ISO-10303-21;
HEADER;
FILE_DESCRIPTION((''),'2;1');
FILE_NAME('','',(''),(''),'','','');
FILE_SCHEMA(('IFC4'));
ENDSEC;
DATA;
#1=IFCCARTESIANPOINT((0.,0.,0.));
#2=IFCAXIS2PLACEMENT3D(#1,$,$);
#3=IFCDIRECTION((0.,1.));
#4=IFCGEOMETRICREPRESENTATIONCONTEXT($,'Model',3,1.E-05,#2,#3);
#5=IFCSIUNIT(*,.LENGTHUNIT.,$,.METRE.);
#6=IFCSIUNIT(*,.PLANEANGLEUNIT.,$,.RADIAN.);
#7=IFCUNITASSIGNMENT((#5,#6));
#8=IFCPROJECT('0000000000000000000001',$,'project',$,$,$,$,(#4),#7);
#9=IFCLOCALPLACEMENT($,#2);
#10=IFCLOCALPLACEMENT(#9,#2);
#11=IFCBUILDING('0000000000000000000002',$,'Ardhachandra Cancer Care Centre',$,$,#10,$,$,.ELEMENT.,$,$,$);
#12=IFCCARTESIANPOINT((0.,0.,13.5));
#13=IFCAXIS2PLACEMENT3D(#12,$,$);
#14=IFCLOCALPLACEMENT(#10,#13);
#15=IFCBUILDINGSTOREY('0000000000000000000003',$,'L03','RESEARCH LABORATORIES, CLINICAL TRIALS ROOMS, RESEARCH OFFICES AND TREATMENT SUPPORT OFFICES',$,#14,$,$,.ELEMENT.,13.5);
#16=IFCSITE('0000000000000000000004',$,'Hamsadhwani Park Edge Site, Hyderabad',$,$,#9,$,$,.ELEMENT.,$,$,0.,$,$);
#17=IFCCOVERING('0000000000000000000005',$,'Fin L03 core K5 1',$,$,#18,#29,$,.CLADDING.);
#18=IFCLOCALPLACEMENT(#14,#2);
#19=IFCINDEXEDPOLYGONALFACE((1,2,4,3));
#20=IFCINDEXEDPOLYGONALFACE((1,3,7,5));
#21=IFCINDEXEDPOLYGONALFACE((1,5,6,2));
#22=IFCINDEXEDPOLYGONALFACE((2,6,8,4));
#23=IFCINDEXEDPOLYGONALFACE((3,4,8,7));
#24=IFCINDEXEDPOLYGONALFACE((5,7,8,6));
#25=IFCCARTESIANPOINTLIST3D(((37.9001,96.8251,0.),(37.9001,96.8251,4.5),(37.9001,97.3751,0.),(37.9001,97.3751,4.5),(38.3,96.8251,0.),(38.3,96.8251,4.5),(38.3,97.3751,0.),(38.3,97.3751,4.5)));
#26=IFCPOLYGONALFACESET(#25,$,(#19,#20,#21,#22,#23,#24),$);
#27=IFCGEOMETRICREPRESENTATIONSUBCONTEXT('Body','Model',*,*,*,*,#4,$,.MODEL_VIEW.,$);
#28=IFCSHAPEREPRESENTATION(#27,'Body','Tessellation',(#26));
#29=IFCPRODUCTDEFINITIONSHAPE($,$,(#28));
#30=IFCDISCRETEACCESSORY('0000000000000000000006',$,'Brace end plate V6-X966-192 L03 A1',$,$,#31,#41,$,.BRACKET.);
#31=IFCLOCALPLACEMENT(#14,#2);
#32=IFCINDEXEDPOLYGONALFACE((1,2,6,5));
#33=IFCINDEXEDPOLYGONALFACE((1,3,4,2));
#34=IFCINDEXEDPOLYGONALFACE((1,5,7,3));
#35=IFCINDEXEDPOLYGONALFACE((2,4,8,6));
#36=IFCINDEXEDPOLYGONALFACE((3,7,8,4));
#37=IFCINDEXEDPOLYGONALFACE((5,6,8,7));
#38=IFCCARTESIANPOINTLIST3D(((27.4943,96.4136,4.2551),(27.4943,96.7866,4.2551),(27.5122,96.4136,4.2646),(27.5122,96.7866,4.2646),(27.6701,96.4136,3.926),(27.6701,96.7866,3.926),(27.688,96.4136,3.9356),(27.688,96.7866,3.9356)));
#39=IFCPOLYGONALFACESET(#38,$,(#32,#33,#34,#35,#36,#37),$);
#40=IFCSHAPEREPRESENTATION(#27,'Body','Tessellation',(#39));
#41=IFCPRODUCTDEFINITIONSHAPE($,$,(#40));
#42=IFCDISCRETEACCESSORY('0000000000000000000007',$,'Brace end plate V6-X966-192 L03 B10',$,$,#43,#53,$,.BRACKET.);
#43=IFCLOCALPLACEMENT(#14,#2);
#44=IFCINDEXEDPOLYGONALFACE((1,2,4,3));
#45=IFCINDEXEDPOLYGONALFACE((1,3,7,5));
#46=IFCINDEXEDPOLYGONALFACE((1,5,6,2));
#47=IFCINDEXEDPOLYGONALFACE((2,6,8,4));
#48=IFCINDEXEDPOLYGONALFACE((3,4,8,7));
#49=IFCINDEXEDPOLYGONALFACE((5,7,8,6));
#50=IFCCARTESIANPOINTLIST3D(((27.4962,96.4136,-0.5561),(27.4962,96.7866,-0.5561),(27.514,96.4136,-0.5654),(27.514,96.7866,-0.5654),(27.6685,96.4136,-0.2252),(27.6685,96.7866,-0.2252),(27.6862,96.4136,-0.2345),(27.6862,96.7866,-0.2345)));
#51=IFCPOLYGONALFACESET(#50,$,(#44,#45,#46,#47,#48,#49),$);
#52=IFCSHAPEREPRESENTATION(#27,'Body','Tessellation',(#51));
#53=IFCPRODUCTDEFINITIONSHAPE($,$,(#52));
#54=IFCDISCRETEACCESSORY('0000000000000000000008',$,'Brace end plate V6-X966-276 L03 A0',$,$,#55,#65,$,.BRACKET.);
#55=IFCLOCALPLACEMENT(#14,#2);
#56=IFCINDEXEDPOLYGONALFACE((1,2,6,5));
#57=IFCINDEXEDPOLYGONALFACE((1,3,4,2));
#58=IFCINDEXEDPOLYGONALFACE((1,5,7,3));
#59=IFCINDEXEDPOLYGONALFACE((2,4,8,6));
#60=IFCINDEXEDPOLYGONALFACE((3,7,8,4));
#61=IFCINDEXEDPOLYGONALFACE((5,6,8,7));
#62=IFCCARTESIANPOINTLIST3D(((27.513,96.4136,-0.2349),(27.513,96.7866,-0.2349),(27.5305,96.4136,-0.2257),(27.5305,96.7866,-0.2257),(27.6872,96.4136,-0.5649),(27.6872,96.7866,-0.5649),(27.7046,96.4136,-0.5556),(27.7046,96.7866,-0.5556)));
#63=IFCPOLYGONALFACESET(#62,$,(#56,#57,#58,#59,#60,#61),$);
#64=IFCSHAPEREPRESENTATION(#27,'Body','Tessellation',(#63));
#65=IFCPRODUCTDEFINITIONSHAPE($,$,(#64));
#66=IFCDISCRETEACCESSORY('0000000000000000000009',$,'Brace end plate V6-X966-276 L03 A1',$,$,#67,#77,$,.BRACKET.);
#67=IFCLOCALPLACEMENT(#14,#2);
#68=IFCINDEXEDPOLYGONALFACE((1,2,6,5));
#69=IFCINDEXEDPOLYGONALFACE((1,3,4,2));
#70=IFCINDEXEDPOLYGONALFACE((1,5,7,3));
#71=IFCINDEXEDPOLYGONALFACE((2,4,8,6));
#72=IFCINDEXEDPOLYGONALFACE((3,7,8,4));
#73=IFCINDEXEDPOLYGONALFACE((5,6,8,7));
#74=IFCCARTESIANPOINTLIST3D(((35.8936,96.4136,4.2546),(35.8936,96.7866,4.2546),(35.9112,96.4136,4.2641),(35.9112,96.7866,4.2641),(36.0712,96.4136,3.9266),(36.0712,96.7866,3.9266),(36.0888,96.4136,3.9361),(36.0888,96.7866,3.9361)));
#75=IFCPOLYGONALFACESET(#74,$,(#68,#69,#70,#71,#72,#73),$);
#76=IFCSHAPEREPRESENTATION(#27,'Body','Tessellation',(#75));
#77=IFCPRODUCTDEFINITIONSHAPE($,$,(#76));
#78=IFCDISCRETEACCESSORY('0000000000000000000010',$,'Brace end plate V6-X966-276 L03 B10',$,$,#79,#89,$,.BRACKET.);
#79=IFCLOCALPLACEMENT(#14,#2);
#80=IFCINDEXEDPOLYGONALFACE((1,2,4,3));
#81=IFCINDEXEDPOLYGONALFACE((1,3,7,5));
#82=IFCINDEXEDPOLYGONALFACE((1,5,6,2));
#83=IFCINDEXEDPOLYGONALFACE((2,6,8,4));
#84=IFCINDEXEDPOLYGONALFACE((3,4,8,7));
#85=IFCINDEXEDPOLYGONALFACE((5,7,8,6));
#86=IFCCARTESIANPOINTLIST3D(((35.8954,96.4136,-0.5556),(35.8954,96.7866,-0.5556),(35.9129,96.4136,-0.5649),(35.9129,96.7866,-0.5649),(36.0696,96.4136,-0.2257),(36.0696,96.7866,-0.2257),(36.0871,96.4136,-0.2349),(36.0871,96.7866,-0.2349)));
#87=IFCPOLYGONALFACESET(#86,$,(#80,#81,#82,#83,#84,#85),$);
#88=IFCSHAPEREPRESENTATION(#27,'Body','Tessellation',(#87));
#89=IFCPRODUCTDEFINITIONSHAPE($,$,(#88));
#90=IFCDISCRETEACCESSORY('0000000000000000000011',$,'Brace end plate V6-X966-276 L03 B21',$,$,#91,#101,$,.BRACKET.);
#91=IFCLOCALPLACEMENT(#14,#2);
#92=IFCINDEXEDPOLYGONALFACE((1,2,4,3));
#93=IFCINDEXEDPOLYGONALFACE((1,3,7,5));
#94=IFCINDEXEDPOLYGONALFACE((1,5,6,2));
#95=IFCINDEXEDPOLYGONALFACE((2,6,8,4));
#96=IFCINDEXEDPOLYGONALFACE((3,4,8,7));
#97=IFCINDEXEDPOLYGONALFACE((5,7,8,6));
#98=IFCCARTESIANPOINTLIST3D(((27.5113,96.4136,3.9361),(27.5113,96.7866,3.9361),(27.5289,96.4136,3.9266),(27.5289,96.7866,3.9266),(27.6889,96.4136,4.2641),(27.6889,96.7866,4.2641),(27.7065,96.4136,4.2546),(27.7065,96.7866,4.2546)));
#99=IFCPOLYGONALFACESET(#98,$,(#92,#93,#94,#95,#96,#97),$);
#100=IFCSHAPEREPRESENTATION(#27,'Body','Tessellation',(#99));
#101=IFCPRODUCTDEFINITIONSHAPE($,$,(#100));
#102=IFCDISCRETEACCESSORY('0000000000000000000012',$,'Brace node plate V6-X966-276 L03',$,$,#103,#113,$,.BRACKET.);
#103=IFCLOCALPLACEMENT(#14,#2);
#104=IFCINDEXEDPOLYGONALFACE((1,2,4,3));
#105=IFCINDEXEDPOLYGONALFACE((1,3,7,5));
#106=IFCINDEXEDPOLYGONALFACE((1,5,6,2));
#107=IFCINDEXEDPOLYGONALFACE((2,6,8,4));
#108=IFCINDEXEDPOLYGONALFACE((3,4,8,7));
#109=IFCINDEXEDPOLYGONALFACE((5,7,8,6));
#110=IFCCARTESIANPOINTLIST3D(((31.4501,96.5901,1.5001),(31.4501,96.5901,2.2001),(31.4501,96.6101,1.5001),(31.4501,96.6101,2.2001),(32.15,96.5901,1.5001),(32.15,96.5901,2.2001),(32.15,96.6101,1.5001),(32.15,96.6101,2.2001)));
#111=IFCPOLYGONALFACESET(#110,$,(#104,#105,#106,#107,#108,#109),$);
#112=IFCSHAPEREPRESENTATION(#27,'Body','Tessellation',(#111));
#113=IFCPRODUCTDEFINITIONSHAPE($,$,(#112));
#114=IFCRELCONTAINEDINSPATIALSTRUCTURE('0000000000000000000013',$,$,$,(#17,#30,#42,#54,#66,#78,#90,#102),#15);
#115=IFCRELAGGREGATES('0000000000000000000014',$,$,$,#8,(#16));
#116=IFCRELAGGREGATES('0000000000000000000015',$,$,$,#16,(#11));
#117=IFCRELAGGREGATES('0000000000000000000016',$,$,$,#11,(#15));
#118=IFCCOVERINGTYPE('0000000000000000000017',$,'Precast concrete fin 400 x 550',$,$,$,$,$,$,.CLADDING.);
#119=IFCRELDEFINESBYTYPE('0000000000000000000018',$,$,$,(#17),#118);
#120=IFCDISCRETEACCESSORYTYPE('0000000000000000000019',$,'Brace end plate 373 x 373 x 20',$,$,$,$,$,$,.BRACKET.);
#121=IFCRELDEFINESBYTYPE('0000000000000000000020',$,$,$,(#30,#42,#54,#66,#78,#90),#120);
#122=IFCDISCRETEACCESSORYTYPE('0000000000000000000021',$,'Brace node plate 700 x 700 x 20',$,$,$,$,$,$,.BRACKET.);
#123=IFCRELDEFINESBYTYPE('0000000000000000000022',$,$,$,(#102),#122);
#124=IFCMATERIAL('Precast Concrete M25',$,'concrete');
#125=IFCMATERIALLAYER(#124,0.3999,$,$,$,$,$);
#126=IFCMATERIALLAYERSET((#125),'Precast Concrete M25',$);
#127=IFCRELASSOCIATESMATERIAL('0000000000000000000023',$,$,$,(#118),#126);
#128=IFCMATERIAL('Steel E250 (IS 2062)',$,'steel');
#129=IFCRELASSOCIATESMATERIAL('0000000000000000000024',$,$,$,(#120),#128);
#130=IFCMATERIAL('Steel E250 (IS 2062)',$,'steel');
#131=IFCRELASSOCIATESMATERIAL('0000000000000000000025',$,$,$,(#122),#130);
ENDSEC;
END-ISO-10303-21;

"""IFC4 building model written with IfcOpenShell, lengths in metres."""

from ifc_helpers import new_model, si_unit, direction, frame, origin, origin_2d, place, context, subcontext, project, spatial, rectangle, extrude, material, layer, layer_set, material_profile, profile_set, type_object, element, save


model = new_model("IFC4")

# Units and contexts
model_context = context("Model", 3, precision=1e-05, world=origin(), true_north=direction((0.0, 1.0)))
body_context = subcontext(model_context, "Body", "Model", "MODEL_VIEW")
ifc_project = project(units=[si_unit("LENGTHUNIT", "METRE"), si_unit("PLANEANGLEUNIT", "RADIAN")], contexts=[model_context])

# Site, building, storey
site_placement = place(None, origin())
site = spatial("IfcSite", under=ifc_project, at=site_placement, Name="Hamsadhwani Park Edge Site, Hyderabad", CompositionType="ELEMENT", RefElevation=0.0)
building_placement = place(site_placement, origin())
building = spatial("IfcBuilding", under=site, at=building_placement, Name="Ardhachandra Cancer Care Centre", CompositionType="ELEMENT")
storey_placement = place(building_placement, frame((0.0, 0.0, 13.5)))
storey = spatial("IfcBuildingStorey", under=building, at=storey_placement, Name="L03", Description="RESEARCH LABORATORIES, CLINICAL TRIALS ROOMS, RESEARCH OFFICES AND TREATMENT SUPPORT OFFICES", CompositionType="ELEMENT", Elevation=13.5)

# Covering
ifc_material_1 = material(Name="Precast Concrete M25", Category="concrete")
ifc_layer_1 = layer(ifc_material_1, 0.3999)
ifc_layer_set_1 = layer_set([ifc_layer_1], Name="Precast Concrete M25")
covering_type = type_object("IfcCoveringType", Name="Precast concrete fin 400 x 550", PredefinedType="CLADDING", material=ifc_layer_set_1)
covering_placement = place(storey_placement, frame((38.1001, 97.1001, 0.0), z_axis=(0.0, 0.0, 1.0), x_axis=(1.0, 0.0, 0.0)))
element("IfcCovering", 1, at=covering_placement, inside=storey, type_object=covering_type, Name="Fin L03 core K5 1", PredefinedType="CLADDING", context=body_context, shape_type="SweptSolid", body=[
    extrude(rectangle(XDim=0.3999, YDim=0.55, at=origin_2d()), origin(), (0.0, 0.0, 1.0), 4.5),
])

# Discrete accessories
ifc_material_2 = material(Name="Steel E250 (IS 2062)", Category="steel")
ifc_material_profile_1 = material_profile(ifc_material_2, rectangle(XDim=0.373, YDim=0.373, at=origin_2d()), Name="PL 373x373x20")
ifc_profile_set_1 = profile_set([ifc_material_profile_1], Name="Steel E250 (IS 2062)")
discrete_accessory_type_1 = type_object("IfcDiscreteAccessoryType", Name="Brace end plate 373 x 373 x 20", PredefinedType="BRACKET", material=ifc_profile_set_1)
discrete_accessory_1_placement = place(storey_placement, frame((27.6001, 96.6001, 4.1001), z_axis=(-0.882018, 0.0, -0.471215), x_axis=(0.0, -1.0, 0.0)))
element("IfcDiscreteAccessory", 2, at=discrete_accessory_1_placement, inside=storey, type_object=discrete_accessory_type_1, Name="Brace end plate V6-X966-192 L03 A1", PredefinedType="BRACKET", context=body_context, shape_type="SweptSolid", body=[
    extrude(rectangle(XDim=0.373, YDim=0.373, at=origin_2d()), origin(), (0.0, 0.0, 1.0), 0.0203),
])
discrete_accessory_2_placement = place(storey_placement, frame((27.6001, 96.6001, -0.3999), z_axis=(-0.887018, 0.0, 0.461735), x_axis=(0.0, -1.0, 0.0)))
element("IfcDiscreteAccessory", 3, at=discrete_accessory_2_placement, inside=storey, type_object=discrete_accessory_type_1, Name="Brace end plate V6-X966-192 L03 B10", PredefinedType="BRACKET", context=body_context, shape_type="SweptSolid", body=[
    extrude(rectangle(XDim=0.373, YDim=0.373, at=origin_2d()), origin(), (0.0, 0.0, 1.0), 0.02),
])
discrete_accessory_3_placement = place(storey_placement, frame((27.6001, 96.6001, -0.3999), z_axis=(0.884385, 0.0, 0.466759), x_axis=(0.0, 1.0, 0.0)))
element("IfcDiscreteAccessory", 4, at=discrete_accessory_3_placement, inside=storey, type_object=discrete_accessory_type_1, Name="Brace end plate V6-X966-276 L03 A0", PredefinedType="BRACKET", context=body_context, shape_type="SweptSolid", body=[
    extrude(rectangle(XDim=0.373, YDim=0.373, at=origin_2d()), origin(), (0.0, 0.0, 1.0), 0.0198),
])
discrete_accessory_4_placement = place(storey_placement, frame((36.0, 96.6001, 4.1001), z_axis=(-0.879292, 0.0, -0.476283), x_axis=(0.0, -1.0, 0.0)))
element("IfcDiscreteAccessory", 5, at=discrete_accessory_4_placement, inside=storey, type_object=discrete_accessory_type_1, Name="Brace end plate V6-X966-276 L03 A1", PredefinedType="BRACKET", context=body_context, shape_type="SweptSolid", body=[
    extrude(rectangle(XDim=0.373, YDim=0.373, at=origin_2d()), origin(), (0.0, 0.0, 1.0), 0.02),
])
discrete_accessory_5_placement = place(storey_placement, frame((36.0, 96.6001, -0.3999), z_axis=(-0.884385, 0.0, 0.466759), x_axis=(0.0, -1.0, 0.0)))
element("IfcDiscreteAccessory", 6, at=discrete_accessory_5_placement, inside=storey, type_object=discrete_accessory_type_1, Name="Brace end plate V6-X966-276 L03 B10", PredefinedType="BRACKET", context=body_context, shape_type="SweptSolid", body=[
    extrude(rectangle(XDim=0.373, YDim=0.373, at=origin_2d()), origin(), (0.0, 0.0, 1.0), 0.0198),
])
discrete_accessory_6_placement = place(storey_placement, frame((27.6001, 96.6001, 4.1001), z_axis=(0.879292, 0.0, -0.476283), x_axis=(0.0, 1.0, 0.0)))
element("IfcDiscreteAccessory", 7, at=discrete_accessory_6_placement, inside=storey, type_object=discrete_accessory_type_1, Name="Brace end plate V6-X966-276 L03 B21", PredefinedType="BRACKET", context=body_context, shape_type="SweptSolid", body=[
    extrude(rectangle(XDim=0.373, YDim=0.373, at=origin_2d()), origin(), (0.0, 0.0, 1.0), 0.02),
])
ifc_material_3 = material(Name="Steel E250 (IS 2062)", Category="steel")
ifc_material_profile_2 = material_profile(ifc_material_3, rectangle(XDim=0.7, YDim=0.7, at=origin_2d()), Name="PL 700x700x20")
ifc_profile_set_2 = profile_set([ifc_material_profile_2], Name="Steel E250 (IS 2062)")
discrete_accessory_type_2 = type_object("IfcDiscreteAccessoryType", Name="Brace node plate 700 x 700 x 20", PredefinedType="BRACKET", material=ifc_profile_set_2)
discrete_accessory_7_placement = place(storey_placement, frame((31.8, 96.5901, 1.8501), z_axis=(0.0, 1.0, 0.0), x_axis=(-1.0, 0.0, 0.0)))
element("IfcDiscreteAccessory", 8, at=discrete_accessory_7_placement, inside=storey, type_object=discrete_accessory_type_2, Name="Brace node plate V6-X966-276 L03", PredefinedType="BRACKET", context=body_context, shape_type="SweptSolid", body=[
    extrude(rectangle(XDim=0.7, YDim=0.7, at=origin_2d()), origin(), (0.0, 0.0, 1.0), 0.02),
])

save(model, "model.ifc")
